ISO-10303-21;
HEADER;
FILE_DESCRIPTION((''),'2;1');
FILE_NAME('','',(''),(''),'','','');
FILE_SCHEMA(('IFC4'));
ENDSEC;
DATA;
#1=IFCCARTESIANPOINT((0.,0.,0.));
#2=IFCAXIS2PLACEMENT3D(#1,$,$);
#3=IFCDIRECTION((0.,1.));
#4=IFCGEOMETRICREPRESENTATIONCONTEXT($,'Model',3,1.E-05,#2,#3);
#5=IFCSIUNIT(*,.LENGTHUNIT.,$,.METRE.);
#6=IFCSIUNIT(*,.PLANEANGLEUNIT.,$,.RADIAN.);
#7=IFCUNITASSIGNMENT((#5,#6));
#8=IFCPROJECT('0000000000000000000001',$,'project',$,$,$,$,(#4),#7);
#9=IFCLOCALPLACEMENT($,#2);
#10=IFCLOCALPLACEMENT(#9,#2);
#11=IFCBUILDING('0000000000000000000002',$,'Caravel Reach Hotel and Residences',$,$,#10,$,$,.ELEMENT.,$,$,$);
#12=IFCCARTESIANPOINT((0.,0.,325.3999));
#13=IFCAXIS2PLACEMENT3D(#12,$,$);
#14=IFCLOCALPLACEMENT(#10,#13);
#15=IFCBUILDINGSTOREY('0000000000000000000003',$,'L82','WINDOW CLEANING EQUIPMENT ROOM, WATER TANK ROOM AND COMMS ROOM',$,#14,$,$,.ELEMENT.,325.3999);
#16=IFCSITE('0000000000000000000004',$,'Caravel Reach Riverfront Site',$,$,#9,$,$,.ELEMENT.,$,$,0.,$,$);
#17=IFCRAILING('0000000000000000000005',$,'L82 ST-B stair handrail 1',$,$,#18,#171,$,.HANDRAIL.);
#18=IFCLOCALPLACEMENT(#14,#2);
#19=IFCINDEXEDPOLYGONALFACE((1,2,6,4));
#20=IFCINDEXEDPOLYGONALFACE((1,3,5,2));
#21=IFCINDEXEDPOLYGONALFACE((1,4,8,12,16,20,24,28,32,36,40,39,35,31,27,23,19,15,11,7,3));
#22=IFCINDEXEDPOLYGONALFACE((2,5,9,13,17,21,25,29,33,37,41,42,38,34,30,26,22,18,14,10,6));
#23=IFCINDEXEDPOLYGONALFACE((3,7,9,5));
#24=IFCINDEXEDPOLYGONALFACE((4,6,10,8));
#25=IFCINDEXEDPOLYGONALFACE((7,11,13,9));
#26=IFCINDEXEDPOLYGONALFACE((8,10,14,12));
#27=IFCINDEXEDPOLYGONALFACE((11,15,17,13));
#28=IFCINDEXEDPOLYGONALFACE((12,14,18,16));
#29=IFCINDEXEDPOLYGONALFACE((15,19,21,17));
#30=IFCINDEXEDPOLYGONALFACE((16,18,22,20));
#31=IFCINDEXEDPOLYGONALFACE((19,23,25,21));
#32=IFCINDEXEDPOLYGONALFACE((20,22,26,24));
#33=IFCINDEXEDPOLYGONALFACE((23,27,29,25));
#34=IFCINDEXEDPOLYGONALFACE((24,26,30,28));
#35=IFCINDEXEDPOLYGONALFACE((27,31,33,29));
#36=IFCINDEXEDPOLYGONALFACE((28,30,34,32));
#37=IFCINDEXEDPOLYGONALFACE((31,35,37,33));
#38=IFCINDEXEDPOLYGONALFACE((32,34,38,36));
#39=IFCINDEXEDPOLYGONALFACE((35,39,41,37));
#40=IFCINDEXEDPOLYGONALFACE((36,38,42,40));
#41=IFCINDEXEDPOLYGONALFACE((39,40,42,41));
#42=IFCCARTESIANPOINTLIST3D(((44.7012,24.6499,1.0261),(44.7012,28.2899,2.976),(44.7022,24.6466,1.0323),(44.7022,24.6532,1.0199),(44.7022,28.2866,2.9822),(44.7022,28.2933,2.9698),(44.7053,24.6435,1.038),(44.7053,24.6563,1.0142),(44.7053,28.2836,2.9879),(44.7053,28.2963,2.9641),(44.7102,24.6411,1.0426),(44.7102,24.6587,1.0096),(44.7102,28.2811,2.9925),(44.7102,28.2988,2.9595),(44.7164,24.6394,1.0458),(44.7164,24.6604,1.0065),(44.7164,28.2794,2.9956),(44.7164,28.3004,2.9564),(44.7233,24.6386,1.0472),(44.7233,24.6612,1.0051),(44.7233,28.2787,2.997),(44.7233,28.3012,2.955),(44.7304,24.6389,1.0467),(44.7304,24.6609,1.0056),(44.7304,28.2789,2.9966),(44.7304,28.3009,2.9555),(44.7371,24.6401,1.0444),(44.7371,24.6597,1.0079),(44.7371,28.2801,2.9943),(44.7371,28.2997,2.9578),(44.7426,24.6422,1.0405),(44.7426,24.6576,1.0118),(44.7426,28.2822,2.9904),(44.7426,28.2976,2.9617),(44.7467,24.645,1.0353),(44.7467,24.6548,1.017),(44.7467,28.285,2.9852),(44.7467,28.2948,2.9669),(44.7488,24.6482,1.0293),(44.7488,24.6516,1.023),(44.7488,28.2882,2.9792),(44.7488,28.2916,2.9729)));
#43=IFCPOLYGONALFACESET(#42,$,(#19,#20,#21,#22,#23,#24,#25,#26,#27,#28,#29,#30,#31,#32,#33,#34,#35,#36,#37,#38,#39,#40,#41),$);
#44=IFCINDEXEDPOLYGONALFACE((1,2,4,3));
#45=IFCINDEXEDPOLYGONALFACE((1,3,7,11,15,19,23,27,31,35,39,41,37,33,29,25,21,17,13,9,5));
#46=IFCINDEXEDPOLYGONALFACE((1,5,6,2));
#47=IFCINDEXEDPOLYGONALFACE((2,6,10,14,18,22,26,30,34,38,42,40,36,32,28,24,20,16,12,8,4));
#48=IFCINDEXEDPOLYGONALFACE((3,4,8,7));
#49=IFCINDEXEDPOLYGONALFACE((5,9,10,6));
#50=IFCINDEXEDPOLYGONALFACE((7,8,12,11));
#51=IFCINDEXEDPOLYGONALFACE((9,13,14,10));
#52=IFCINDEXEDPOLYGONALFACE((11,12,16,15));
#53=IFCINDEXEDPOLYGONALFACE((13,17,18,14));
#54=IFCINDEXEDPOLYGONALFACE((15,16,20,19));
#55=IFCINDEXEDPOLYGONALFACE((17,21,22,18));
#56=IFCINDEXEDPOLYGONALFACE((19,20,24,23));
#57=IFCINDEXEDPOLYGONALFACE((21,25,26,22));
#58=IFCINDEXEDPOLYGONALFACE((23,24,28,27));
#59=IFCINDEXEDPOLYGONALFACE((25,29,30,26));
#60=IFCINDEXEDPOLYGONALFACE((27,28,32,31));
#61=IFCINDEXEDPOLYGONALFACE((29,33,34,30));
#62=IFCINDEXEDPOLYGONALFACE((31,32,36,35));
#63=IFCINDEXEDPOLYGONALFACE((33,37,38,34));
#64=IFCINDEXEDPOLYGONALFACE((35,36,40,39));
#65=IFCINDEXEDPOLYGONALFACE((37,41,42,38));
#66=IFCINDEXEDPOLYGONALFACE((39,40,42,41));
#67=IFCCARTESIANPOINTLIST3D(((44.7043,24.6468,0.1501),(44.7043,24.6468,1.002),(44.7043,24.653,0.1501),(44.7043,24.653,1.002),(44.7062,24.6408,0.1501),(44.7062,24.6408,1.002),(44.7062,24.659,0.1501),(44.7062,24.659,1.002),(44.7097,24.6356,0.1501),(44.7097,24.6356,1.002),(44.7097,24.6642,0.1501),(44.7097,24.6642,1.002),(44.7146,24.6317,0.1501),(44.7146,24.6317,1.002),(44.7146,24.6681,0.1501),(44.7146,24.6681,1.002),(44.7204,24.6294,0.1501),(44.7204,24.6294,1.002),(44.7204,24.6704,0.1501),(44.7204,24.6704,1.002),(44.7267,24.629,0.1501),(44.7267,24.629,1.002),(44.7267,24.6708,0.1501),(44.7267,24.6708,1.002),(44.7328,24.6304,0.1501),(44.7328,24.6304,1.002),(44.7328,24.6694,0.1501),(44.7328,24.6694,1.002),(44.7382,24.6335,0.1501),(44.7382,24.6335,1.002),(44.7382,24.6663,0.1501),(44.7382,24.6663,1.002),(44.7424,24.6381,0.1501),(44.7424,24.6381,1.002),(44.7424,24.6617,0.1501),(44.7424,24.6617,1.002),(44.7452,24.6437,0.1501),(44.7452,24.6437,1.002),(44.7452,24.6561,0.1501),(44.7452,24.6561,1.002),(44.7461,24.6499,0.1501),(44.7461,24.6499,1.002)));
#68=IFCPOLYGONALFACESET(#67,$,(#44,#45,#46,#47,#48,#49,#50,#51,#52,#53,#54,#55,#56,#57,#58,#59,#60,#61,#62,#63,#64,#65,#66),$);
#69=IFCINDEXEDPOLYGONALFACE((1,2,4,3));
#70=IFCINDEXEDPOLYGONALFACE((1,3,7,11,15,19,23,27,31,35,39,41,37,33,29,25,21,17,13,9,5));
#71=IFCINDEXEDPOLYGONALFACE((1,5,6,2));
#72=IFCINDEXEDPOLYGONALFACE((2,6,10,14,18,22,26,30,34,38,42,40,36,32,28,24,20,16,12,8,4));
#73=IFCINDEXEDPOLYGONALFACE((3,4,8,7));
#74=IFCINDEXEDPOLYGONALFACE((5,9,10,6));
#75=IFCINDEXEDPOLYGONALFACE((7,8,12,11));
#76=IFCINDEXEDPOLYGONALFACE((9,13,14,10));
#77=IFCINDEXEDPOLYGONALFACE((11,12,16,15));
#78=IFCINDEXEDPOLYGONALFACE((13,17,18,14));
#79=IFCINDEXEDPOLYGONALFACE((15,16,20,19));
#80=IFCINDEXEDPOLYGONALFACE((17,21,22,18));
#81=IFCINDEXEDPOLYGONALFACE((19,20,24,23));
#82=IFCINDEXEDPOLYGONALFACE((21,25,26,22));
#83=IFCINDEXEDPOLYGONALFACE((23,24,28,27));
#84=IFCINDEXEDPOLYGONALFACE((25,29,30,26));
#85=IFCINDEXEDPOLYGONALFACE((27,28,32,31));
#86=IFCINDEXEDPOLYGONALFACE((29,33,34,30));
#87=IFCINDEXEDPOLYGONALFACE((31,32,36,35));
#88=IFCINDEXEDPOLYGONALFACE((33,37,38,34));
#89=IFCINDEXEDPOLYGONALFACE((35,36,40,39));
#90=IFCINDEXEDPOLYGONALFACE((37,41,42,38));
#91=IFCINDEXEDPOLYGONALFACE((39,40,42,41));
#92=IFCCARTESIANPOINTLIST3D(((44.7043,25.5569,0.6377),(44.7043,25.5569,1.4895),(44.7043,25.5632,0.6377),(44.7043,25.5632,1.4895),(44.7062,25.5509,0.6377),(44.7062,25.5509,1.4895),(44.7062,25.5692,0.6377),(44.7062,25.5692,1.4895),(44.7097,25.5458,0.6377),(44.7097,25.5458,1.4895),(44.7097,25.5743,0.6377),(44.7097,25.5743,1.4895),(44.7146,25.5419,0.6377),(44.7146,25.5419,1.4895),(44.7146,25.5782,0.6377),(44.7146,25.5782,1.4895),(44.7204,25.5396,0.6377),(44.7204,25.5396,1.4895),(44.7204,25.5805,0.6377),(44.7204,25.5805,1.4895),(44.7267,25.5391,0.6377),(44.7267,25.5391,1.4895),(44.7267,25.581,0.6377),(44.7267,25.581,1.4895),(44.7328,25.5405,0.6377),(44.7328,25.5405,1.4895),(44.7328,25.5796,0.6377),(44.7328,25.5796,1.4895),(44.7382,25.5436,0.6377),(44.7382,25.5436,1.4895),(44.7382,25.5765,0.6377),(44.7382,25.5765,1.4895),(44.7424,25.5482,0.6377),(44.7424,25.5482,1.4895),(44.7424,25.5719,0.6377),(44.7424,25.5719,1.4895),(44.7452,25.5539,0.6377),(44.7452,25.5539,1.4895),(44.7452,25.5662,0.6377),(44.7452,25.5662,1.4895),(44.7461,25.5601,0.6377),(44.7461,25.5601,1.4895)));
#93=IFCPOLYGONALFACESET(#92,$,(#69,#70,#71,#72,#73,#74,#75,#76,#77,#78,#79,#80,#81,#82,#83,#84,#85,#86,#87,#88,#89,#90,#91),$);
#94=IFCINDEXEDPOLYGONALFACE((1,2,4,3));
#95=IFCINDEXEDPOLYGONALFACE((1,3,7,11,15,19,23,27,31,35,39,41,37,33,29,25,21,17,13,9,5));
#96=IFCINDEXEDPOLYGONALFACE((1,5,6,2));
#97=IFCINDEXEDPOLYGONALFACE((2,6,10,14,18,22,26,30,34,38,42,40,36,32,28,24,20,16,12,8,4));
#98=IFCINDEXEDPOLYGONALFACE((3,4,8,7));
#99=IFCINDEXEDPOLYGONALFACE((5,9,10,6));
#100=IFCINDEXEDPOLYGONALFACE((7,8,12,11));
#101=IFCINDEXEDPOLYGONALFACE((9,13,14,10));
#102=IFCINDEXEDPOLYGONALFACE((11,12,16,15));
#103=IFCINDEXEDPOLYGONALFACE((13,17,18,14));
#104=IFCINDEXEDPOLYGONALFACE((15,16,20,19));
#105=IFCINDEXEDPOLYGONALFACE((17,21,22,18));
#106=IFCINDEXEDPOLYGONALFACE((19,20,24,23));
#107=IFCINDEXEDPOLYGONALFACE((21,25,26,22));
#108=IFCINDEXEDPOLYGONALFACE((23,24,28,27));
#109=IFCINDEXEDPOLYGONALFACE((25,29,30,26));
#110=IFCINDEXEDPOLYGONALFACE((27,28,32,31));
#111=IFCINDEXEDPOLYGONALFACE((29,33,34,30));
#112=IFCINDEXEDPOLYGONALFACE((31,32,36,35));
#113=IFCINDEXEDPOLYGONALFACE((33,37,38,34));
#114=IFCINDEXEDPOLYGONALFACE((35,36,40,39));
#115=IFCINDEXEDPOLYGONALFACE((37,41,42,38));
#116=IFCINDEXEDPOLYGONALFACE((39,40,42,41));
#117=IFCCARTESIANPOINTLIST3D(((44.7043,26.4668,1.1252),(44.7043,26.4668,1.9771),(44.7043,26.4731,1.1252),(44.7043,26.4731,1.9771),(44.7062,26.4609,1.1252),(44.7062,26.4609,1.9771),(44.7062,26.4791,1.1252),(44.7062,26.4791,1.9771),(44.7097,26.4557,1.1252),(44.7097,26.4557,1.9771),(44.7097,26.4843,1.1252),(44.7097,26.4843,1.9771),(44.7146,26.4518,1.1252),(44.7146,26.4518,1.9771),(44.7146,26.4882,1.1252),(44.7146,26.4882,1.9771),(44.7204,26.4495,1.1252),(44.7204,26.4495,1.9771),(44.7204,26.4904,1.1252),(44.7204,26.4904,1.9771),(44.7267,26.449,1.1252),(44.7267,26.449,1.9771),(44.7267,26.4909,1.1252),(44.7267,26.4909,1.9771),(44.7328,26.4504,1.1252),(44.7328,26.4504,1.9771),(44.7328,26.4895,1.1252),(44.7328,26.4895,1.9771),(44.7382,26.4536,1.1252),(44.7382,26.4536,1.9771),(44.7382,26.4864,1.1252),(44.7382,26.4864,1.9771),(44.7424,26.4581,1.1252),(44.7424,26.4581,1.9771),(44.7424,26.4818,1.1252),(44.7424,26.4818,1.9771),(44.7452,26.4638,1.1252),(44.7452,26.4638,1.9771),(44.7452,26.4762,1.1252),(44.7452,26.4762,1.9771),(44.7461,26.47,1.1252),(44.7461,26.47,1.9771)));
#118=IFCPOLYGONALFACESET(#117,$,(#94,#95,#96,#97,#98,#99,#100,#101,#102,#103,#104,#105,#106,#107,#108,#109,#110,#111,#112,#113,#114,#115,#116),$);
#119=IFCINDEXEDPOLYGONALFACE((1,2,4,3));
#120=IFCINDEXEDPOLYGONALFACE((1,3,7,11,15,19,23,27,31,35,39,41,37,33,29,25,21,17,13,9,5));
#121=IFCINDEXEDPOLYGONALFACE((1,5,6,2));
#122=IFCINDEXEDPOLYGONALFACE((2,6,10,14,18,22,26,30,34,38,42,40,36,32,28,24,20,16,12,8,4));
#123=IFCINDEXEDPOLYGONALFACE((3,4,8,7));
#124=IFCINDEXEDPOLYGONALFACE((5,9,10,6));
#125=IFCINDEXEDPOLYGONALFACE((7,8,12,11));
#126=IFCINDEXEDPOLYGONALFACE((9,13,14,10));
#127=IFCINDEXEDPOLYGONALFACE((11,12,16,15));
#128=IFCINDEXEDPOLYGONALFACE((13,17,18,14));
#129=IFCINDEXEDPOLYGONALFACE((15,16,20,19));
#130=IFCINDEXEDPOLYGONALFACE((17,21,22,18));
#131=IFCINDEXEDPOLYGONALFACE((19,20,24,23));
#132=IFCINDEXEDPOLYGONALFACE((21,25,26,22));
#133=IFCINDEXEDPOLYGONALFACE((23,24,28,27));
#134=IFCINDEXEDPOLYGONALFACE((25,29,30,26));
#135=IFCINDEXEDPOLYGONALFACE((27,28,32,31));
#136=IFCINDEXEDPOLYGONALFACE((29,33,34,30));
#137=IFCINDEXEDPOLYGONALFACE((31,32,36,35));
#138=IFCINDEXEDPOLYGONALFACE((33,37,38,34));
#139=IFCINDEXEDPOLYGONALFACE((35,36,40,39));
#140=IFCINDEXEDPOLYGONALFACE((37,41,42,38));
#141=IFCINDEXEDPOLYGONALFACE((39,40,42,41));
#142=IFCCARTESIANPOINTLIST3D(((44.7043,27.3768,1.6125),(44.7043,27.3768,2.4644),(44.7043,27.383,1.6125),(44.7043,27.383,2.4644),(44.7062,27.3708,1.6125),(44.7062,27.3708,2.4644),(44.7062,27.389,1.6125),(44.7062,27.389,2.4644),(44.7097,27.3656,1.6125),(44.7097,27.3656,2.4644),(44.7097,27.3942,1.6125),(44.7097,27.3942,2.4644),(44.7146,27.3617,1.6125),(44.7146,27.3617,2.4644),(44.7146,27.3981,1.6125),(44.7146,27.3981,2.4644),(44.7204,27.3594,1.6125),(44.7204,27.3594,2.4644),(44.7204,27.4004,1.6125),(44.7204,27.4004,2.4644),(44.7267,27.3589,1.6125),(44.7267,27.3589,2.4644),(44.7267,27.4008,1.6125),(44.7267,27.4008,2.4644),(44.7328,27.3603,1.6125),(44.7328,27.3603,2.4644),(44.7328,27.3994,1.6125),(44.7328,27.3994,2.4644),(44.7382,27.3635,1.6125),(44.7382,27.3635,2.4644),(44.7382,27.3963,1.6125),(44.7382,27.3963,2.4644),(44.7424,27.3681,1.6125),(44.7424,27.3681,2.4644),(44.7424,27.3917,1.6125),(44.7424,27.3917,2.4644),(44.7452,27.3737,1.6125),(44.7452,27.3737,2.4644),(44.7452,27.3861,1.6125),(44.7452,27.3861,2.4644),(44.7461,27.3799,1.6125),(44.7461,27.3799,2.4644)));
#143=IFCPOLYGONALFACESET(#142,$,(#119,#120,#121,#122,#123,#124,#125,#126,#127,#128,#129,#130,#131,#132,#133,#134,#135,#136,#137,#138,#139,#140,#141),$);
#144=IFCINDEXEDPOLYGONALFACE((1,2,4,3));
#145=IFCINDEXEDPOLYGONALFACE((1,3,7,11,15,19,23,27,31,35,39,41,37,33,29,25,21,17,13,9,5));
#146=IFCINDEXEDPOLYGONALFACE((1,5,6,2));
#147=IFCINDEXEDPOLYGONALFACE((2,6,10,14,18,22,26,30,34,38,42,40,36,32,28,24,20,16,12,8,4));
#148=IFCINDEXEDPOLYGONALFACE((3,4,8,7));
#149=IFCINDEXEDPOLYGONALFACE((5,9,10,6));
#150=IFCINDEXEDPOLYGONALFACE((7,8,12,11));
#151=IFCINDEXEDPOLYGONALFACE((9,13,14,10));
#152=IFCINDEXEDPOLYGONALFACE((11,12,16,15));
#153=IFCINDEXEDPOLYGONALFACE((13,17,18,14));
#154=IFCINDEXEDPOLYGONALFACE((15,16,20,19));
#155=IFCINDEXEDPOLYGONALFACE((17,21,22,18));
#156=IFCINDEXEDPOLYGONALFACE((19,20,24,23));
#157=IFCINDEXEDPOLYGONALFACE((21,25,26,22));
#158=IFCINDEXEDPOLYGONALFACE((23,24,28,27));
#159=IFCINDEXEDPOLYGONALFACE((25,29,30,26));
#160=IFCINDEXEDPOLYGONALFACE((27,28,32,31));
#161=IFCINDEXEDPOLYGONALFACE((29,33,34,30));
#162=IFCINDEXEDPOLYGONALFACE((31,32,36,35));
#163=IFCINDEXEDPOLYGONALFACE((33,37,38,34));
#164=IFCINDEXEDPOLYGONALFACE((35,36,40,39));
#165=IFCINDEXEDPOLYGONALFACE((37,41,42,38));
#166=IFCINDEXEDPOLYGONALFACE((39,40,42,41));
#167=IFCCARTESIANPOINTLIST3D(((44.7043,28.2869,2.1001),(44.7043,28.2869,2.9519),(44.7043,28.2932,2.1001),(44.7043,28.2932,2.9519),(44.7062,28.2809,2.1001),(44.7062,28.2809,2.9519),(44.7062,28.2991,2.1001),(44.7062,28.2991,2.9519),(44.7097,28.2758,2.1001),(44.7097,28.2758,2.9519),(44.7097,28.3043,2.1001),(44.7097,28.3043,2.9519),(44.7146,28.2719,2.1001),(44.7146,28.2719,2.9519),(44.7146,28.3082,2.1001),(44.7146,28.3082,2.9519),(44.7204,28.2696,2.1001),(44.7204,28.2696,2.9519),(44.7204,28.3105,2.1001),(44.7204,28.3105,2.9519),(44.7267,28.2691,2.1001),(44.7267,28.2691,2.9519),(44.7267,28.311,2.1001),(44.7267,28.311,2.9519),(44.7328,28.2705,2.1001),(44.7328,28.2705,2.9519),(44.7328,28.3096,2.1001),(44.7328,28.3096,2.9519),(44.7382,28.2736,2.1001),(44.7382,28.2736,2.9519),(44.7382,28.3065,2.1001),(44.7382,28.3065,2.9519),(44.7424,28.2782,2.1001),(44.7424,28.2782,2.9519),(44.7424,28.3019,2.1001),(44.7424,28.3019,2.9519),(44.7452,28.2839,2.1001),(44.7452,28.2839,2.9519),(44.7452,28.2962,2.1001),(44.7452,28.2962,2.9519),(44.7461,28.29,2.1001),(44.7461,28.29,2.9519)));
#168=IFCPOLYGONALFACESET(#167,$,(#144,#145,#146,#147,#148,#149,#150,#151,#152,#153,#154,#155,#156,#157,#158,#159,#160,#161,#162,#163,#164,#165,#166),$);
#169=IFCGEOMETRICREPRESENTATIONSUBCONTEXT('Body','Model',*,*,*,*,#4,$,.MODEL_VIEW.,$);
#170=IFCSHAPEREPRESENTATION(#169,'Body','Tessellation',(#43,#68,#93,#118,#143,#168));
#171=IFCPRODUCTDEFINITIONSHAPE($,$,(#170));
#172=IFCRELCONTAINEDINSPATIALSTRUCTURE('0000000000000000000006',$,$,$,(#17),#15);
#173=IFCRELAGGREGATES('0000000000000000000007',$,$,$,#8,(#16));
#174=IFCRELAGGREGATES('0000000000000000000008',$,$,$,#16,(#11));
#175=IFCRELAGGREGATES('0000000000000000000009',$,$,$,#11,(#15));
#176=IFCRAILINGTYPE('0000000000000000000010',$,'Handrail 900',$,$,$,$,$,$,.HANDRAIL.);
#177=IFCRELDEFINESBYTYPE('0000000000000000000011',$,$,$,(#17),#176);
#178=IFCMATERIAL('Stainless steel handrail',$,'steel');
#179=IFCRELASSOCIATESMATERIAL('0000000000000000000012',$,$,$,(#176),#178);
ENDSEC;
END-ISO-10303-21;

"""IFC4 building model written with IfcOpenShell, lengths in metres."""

from ifc_helpers import new_model, si_unit, direction, frame, origin, origin_2d, place, context, subcontext, project, spatial, circle, extrude, material, type_object, element, save


model = new_model("IFC4")

# Units and contexts
model_context = context("Model", 3, precision=1e-05, world=origin(), true_north=direction((0.0, 1.0)))
body_context = subcontext(model_context, "Body", "Model", "MODEL_VIEW")
ifc_project = project(units=[si_unit("LENGTHUNIT", "METRE"), si_unit("PLANEANGLEUNIT", "RADIAN")], contexts=[model_context])

# Site, building, storey
site_placement = place(None, origin())
site = spatial("IfcSite", under=ifc_project, at=site_placement, Name="Caravel Reach Riverfront Site", CompositionType="ELEMENT", RefElevation=0.0)
building_placement = place(site_placement, origin())
building = spatial("IfcBuilding", under=site, at=building_placement, Name="Caravel Reach Hotel and Residences", CompositionType="ELEMENT")
storey_placement = place(building_placement, frame((0.0, 0.0, 325.3999)))
storey = spatial("IfcBuildingStorey", under=building, at=storey_placement, Name="L82", Description="WINDOW CLEANING EQUIPMENT ROOM, WATER TANK ROOM AND COMMS ROOM", CompositionType="ELEMENT", Elevation=325.3999)

# Railing
ifc_material_1 = material(Name="Stainless steel handrail", Category="steel")
railing_type_1 = type_object("IfcRailingType", Name="Handrail 900", PredefinedType="HANDRAIL", material=ifc_material_1)
railing_1_placement = place(storey_placement, frame((44.7251, 24.6499, 0.1501)))
element("IfcRailing", 1, at=railing_1_placement, inside=storey, type_object=railing_type_1, Name="L82 ST-B stair handrail 1", PredefinedType="HANDRAIL", context=body_context, shape_type="SweptSolid", body=[
    extrude(circle(Radius=0.0239, at=origin_2d()), frame((0.0, 0.0, 0.876), z_axis=(0.0, 0.881492, 0.472198), x_axis=(-1.0, 0.0, 0.0)), (0.0, 0.0, 1.0), 4.1294),
    extrude(circle(Radius=0.021, at=origin_2d()), origin(), (0.0, 0.0, 1.0), 0.8518),
    extrude(circle(Radius=0.021, at=origin_2d()), frame((0.0, 0.9102, 0.4875)), (0.0, 0.0, 1.0), 0.8518),
    extrude(circle(Radius=0.021, at=origin_2d()), frame((0.0, 1.8201, 0.9751)), (0.0, 0.0, 1.0), 0.8518),
    extrude(circle(Radius=0.021, at=origin_2d()), frame((0.0, 2.73, 1.4624)), (0.0, 0.0, 1.0), 0.8518),
    extrude(circle(Radius=0.021, at=origin_2d()), frame((0.0, 3.6401, 1.95)), (0.0, 0.0, 1.0), 0.8518),
])

save(model, "model.ifc")
